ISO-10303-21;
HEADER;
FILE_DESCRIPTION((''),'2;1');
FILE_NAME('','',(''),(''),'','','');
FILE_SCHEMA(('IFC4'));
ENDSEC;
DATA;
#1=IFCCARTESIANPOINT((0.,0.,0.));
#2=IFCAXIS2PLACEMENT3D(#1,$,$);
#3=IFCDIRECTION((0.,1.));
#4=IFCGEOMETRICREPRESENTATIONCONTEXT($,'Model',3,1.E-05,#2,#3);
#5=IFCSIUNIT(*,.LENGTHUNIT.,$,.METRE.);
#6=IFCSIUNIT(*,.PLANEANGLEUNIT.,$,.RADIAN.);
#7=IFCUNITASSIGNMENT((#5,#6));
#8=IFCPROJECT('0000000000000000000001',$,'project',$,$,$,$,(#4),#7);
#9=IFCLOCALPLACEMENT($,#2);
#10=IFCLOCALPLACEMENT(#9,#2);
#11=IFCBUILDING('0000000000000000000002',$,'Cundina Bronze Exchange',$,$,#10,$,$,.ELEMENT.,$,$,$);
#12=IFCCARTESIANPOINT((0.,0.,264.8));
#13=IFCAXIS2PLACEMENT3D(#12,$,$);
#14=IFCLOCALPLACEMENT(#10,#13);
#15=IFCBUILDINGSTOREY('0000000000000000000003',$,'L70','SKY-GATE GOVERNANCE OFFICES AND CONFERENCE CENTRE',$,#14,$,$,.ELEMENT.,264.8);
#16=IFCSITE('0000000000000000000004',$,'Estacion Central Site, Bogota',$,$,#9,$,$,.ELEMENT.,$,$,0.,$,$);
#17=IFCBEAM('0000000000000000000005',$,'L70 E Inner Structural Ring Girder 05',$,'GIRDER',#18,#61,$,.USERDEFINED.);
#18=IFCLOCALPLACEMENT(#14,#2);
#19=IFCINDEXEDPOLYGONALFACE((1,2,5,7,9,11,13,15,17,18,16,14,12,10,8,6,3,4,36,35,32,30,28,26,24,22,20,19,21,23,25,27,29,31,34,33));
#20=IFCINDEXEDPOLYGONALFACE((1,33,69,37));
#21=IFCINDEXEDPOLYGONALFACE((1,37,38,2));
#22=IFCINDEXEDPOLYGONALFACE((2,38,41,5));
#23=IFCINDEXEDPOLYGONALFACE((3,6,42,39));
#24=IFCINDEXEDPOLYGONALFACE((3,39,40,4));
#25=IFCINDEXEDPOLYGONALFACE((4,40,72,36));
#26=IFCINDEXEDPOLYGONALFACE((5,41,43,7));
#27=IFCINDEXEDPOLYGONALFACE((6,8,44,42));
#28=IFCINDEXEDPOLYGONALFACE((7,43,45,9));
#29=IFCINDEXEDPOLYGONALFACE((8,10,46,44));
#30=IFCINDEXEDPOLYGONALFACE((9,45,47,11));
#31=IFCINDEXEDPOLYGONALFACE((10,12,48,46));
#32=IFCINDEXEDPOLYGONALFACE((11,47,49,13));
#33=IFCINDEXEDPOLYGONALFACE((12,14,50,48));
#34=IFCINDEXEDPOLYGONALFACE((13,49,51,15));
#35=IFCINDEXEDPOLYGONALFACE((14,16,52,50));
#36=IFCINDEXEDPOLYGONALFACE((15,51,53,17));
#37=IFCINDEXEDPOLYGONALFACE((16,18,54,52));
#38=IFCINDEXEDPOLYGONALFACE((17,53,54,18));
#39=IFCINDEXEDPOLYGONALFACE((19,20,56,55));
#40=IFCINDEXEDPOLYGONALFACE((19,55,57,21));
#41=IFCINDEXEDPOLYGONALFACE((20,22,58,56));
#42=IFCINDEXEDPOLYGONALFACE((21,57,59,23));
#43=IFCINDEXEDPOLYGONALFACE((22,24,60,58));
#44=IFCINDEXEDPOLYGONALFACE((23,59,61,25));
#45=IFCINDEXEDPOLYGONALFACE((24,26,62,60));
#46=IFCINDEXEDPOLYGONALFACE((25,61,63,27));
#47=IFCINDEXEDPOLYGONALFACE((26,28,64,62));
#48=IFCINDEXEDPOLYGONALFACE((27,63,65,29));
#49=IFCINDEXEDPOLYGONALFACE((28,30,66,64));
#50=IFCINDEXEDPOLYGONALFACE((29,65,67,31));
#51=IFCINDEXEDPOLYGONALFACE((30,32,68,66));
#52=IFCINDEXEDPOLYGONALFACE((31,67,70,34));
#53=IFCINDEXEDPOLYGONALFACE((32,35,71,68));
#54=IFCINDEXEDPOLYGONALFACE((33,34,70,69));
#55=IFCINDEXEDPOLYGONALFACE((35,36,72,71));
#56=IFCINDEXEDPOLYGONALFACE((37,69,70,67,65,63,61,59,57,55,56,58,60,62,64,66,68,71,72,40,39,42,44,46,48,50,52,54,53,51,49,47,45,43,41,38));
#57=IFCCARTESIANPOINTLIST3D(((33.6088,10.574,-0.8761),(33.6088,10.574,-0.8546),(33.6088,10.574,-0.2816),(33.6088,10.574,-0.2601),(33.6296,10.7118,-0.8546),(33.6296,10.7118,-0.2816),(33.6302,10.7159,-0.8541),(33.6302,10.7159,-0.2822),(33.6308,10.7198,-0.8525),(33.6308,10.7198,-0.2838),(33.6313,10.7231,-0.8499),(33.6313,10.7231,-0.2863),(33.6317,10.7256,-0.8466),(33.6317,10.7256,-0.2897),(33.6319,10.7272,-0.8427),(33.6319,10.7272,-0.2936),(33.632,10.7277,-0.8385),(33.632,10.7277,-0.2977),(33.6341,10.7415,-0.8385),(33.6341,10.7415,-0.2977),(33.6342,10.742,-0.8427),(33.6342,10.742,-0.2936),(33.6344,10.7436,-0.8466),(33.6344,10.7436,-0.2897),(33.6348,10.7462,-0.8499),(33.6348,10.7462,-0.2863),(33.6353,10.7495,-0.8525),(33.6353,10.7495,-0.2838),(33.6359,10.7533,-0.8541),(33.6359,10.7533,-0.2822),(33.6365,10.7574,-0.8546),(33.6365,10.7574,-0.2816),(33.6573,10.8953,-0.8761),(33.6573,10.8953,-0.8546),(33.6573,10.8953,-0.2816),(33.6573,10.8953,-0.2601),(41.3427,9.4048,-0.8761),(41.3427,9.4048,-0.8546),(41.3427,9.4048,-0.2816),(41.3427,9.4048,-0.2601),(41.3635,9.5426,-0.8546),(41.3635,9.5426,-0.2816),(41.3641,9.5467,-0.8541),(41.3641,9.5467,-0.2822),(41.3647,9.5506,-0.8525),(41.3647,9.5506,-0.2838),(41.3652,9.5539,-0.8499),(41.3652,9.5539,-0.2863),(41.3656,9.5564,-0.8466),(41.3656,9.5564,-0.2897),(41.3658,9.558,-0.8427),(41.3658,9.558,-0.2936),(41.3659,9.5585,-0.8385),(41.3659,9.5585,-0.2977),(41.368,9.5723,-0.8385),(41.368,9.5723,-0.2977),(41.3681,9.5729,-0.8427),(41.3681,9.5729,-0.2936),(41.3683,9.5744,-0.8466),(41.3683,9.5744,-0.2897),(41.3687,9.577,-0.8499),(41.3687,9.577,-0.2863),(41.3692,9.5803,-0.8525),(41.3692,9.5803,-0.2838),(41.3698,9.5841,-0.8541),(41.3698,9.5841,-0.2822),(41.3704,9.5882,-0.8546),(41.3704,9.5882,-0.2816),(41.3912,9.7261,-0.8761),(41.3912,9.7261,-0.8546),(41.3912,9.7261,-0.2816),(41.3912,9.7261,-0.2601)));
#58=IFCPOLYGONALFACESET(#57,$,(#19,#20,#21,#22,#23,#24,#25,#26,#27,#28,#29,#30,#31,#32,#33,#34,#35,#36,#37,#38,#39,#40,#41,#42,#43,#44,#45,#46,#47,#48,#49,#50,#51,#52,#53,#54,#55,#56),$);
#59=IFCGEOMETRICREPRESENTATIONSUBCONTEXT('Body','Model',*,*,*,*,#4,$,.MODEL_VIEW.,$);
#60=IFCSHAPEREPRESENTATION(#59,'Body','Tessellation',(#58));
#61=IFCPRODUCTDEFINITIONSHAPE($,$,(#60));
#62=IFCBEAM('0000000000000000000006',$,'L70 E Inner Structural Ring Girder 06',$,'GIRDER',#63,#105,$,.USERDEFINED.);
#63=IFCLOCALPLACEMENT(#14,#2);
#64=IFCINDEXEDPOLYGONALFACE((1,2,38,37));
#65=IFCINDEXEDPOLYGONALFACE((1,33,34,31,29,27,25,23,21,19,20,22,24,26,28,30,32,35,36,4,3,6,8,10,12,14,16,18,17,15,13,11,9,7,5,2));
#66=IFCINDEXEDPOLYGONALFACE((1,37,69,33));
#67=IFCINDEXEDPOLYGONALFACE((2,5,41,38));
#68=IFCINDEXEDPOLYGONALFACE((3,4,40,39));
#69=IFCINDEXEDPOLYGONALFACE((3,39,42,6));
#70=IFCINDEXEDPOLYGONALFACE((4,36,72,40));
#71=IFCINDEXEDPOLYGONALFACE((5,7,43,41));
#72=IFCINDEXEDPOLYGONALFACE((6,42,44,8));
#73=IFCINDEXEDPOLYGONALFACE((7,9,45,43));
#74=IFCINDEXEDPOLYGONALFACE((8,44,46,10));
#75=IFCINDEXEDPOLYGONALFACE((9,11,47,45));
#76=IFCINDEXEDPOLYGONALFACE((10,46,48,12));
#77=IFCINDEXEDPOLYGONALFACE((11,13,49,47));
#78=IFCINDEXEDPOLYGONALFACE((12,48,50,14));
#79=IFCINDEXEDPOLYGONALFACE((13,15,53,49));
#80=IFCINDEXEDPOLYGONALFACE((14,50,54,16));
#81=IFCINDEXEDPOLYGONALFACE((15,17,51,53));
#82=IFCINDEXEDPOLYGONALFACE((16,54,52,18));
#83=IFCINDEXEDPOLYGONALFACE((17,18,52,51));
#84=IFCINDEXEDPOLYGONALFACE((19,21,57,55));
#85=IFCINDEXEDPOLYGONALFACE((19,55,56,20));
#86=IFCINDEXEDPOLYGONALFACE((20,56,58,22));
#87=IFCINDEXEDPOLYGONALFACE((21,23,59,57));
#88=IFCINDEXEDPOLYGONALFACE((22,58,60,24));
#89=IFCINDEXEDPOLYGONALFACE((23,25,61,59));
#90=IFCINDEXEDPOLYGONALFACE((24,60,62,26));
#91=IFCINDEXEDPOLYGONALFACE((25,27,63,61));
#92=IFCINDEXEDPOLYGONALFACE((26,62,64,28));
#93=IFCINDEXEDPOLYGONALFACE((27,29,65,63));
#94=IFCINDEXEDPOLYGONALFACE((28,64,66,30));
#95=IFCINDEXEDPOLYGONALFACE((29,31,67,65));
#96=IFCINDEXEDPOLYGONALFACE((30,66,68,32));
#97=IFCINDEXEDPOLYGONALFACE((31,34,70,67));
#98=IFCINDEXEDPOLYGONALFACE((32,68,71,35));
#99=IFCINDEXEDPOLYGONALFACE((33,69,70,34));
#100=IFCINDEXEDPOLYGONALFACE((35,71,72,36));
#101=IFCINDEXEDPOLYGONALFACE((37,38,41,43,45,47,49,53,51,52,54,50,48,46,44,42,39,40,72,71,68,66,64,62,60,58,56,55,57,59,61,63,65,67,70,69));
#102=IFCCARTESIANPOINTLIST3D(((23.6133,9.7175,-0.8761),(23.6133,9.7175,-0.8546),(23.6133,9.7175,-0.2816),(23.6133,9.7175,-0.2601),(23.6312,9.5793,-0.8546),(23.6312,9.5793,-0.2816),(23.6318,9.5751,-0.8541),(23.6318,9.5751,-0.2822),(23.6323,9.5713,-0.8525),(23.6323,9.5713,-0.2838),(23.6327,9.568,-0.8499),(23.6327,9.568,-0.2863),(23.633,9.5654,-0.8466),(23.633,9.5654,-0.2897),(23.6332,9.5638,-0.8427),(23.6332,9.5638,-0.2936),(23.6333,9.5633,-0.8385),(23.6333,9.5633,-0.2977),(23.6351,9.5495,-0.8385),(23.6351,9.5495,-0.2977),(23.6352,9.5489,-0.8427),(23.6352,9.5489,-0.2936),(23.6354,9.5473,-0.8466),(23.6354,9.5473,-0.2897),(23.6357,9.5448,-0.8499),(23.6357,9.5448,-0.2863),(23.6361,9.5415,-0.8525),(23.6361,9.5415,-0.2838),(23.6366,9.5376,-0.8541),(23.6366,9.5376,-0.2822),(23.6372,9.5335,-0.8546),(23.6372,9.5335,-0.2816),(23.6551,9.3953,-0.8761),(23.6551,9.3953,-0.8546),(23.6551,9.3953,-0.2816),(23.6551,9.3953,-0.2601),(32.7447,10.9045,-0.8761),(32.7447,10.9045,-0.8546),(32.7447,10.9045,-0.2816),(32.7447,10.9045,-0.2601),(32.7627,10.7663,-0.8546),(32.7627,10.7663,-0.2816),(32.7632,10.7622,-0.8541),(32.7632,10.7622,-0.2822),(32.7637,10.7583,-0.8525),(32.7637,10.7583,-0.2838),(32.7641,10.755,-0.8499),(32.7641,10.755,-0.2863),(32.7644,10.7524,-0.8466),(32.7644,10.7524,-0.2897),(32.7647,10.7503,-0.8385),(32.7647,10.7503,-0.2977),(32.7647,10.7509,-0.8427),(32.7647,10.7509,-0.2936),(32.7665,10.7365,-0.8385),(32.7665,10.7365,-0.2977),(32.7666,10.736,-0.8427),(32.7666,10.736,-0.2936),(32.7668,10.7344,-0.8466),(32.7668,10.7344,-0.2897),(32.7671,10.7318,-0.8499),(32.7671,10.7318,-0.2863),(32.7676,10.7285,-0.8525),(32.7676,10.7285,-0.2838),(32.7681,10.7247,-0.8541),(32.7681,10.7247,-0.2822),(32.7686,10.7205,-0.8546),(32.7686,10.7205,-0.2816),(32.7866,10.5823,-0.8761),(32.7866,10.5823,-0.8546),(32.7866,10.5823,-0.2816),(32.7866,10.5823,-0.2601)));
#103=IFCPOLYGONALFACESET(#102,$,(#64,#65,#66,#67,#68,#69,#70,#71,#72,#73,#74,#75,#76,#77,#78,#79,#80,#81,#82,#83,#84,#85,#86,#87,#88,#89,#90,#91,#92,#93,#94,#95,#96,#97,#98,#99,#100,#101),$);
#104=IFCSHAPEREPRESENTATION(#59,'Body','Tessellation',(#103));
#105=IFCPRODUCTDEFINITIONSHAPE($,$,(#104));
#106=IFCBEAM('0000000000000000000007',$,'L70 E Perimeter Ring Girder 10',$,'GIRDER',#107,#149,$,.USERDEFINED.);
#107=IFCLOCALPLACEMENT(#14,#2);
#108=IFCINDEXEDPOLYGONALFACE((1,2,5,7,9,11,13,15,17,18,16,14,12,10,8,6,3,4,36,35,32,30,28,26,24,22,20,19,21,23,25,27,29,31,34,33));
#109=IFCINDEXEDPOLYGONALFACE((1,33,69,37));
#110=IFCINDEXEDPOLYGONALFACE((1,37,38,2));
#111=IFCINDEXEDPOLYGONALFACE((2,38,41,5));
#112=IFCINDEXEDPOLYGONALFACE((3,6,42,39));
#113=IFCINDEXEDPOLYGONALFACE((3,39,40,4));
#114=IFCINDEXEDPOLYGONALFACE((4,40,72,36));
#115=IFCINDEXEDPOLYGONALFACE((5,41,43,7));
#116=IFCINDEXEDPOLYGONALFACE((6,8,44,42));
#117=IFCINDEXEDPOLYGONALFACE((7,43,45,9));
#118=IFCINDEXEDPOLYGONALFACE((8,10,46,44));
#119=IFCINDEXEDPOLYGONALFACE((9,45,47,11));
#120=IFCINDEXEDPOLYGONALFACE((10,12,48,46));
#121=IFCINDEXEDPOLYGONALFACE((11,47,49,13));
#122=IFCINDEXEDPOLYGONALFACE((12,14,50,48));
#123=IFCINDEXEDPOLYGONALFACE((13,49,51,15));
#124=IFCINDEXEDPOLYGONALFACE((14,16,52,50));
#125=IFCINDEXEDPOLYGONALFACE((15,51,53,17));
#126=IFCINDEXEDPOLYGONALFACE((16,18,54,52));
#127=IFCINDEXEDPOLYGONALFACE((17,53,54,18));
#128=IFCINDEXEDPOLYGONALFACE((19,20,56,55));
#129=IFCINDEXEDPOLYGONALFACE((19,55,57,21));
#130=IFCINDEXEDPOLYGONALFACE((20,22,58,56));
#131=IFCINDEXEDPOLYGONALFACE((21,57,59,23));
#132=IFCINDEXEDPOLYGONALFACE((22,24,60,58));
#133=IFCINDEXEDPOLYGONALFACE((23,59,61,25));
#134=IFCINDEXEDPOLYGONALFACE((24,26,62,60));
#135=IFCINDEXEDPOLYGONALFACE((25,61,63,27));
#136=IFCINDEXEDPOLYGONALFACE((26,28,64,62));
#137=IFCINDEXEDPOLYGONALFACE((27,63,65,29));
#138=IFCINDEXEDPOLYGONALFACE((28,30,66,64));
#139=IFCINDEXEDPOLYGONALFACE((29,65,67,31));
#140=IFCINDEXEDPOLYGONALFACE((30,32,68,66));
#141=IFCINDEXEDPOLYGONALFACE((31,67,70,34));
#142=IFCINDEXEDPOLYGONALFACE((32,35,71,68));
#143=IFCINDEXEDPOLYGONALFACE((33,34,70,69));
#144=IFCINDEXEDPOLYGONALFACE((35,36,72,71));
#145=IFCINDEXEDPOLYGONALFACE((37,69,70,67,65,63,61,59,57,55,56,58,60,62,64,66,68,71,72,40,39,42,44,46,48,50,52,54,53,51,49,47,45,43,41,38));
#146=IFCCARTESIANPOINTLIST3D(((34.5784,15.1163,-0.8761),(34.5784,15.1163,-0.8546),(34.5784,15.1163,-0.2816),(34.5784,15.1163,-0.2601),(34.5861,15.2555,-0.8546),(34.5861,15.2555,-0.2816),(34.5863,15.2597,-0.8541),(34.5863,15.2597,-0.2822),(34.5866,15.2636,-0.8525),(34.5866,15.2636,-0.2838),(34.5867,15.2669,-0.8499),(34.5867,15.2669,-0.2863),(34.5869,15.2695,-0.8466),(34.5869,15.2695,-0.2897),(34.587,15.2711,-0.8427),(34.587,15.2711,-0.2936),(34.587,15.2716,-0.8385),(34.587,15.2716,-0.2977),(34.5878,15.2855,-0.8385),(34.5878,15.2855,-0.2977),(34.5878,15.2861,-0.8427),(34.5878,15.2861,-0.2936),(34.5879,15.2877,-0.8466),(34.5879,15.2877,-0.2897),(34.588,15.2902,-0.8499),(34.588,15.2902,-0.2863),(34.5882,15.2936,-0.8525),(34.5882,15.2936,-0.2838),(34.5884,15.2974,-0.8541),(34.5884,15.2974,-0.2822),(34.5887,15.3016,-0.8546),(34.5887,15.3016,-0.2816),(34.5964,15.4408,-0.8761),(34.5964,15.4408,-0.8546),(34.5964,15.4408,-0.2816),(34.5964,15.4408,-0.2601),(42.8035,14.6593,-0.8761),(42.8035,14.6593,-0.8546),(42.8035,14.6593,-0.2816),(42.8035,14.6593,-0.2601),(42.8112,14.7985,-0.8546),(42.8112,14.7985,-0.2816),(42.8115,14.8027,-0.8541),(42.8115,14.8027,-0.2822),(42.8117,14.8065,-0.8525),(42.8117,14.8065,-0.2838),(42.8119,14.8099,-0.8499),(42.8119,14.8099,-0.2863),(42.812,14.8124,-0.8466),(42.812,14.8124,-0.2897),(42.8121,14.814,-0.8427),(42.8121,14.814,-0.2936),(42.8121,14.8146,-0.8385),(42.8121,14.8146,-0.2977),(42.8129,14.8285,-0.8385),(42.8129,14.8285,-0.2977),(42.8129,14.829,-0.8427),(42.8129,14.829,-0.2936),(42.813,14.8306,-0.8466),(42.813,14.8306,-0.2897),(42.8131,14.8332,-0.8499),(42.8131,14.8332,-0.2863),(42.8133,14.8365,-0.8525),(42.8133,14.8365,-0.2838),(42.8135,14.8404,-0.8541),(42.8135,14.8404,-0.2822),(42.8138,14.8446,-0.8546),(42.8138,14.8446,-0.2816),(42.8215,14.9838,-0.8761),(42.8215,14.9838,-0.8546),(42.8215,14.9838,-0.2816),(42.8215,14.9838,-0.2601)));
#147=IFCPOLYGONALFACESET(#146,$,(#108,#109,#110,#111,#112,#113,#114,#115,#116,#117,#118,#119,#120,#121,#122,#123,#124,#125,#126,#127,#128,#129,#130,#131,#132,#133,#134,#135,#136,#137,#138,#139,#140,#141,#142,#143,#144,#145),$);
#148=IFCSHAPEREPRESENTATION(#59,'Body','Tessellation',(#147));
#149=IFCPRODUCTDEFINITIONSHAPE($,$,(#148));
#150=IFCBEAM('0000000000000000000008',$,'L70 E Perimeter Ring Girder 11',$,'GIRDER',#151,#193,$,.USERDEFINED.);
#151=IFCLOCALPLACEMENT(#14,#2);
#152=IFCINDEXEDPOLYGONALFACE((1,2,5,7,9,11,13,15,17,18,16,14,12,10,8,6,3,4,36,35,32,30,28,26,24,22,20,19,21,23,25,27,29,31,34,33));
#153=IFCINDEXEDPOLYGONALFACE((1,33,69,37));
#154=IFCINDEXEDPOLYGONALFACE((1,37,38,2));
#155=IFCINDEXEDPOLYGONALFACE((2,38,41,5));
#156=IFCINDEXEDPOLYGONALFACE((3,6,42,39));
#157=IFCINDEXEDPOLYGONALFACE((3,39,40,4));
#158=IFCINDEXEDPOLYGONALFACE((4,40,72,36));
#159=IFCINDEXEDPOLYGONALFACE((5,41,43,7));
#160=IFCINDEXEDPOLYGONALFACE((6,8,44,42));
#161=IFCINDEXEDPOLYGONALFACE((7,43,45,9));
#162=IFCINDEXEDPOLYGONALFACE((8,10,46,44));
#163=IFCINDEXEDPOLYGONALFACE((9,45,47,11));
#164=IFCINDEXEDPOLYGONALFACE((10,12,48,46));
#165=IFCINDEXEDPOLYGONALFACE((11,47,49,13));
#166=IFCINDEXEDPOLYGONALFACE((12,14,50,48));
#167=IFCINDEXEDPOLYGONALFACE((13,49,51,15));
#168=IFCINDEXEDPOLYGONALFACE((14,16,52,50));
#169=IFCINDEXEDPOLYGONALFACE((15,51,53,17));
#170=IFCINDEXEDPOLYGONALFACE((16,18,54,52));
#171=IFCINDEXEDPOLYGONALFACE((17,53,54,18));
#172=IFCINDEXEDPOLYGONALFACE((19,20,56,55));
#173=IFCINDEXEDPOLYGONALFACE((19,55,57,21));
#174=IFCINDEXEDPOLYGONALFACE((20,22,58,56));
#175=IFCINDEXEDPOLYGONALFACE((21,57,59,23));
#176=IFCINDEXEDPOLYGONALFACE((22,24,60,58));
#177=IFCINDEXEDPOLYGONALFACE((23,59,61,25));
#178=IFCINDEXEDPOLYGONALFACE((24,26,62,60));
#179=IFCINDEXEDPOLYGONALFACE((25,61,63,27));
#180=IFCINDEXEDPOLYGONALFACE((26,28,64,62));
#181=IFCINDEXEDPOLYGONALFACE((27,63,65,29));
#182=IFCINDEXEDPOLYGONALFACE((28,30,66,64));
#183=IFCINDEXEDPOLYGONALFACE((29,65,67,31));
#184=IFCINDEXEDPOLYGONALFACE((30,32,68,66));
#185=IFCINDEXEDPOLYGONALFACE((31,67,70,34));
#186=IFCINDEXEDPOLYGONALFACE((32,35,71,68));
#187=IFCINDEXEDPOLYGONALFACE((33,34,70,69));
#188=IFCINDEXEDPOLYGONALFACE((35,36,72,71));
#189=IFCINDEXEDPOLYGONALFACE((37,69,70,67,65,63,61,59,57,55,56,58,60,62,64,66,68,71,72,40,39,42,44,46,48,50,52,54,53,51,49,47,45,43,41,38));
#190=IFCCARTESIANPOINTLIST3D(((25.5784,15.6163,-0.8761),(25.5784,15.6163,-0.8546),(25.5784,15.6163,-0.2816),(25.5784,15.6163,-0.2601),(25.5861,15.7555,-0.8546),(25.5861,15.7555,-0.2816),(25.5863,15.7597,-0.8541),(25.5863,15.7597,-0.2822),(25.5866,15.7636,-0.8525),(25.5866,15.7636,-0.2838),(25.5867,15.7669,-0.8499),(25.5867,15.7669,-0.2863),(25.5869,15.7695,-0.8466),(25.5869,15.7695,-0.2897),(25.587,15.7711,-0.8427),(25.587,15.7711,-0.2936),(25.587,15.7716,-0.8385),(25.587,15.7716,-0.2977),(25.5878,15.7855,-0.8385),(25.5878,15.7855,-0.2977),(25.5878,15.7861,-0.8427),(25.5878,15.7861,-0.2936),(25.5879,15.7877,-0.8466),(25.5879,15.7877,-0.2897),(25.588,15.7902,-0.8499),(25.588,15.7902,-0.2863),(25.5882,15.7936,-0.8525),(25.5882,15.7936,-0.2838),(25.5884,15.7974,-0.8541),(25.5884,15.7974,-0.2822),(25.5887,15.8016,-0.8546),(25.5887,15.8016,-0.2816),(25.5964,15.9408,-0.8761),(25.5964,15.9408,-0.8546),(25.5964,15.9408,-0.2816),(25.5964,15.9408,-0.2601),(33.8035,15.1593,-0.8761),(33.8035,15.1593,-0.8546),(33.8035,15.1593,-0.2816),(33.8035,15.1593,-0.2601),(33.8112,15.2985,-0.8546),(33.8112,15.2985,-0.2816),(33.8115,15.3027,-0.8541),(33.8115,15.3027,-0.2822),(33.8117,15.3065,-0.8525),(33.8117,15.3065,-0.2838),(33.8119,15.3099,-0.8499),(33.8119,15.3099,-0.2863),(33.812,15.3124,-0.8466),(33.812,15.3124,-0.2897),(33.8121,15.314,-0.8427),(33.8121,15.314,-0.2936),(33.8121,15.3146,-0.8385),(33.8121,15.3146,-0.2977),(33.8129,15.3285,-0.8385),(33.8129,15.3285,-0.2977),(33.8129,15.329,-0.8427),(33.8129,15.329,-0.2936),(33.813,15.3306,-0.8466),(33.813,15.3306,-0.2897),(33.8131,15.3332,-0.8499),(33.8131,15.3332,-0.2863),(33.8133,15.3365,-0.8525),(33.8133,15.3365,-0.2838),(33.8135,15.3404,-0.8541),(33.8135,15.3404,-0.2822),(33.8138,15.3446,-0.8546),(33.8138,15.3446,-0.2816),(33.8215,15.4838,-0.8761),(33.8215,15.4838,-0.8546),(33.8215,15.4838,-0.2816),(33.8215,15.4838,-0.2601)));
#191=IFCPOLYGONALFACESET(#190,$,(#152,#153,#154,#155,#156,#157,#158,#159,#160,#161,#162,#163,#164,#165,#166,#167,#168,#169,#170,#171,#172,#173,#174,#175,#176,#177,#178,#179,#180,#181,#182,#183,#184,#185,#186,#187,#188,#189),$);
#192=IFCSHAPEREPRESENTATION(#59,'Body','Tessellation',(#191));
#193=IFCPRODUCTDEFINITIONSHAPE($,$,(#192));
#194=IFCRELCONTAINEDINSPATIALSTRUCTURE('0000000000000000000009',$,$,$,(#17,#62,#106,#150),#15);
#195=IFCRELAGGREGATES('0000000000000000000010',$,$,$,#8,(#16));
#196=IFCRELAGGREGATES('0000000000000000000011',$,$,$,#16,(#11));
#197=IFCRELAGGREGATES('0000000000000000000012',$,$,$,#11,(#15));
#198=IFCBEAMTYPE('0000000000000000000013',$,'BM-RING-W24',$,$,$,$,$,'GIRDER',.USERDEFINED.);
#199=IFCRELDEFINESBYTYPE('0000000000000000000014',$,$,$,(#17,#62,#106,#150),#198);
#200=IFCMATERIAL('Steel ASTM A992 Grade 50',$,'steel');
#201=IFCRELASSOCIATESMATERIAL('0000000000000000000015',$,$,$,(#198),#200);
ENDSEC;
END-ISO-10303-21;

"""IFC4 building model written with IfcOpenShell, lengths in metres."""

from ifc_helpers import new_model, si_unit, direction, frame, origin, origin_2d, place, context, subcontext, project, spatial, i_section, extrude, material, material_profile, profile_set, type_object, element, save


model = new_model("IFC4")

# Units and contexts
model_context = context("Model", 3, precision=1e-05, world=origin(), true_north=direction((0.0, 1.0)))
body_context = subcontext(model_context, "Body", "Model", "MODEL_VIEW")
ifc_project = project(units=[si_unit("LENGTHUNIT", "METRE"), si_unit("PLANEANGLEUNIT", "RADIAN")], contexts=[model_context])

# Site, building, storey
site_placement = place(None, origin())
site = spatial("IfcSite", under=ifc_project, at=site_placement, Name="Estacion Central Site, Bogota", CompositionType="ELEMENT", RefElevation=0.0)
building_placement = place(site_placement, origin())
building = spatial("IfcBuilding", under=site, at=building_placement, Name="Cundina Bronze Exchange", CompositionType="ELEMENT")
storey_placement = place(building_placement, frame((0.0, 0.0, 264.8)))
storey = spatial("IfcBuildingStorey", under=building, at=storey_placement, Name="L70", Description="SKY-GATE GOVERNANCE OFFICES AND CONFERENCE CENTRE", CompositionType="ELEMENT", Elevation=264.8)

# Beams
ifc_material_1 = material(Name="Steel ASTM A992 Grade 50", Category="steel")
ifc_material_profile_1 = material_profile(ifc_material_1, i_section(OverallWidth=0.325, OverallDepth=0.616, WebThickness=0.0139, FlangeThickness=0.0215, FilletRadius=0.0161, at=origin_2d()), Name="W24X117", Category="steel")
ifc_profile_set_1 = profile_set([ifc_material_profile_1], Name="Steel ASTM A992 Grade 50")
beam_type_1 = type_object("IfcBeamType", Name="BM-RING-W24", ElementType="GIRDER", PredefinedType="USERDEFINED", material=ifc_profile_set_1)
beam_1_placement = place(storey_placement, frame((41.3669, 9.5654, -0.5681), z_axis=(-0.988765, 0.149479, 0.0), x_axis=(-0.149479, -0.988765, 0.0)))
element("IfcBeam", 1, at=beam_1_placement, inside=storey, type_object=beam_type_1, Name="L70 E Inner Structural Ring Girder 05", ObjectType="GIRDER", PredefinedType="USERDEFINED", context=body_context, shape_type="SweptSolid", body=[
    extrude(i_section(OverallWidth=0.325, OverallDepth=0.616, WebThickness=0.0139, FlangeThickness=0.0215, FilletRadius=0.0161, at=origin_2d()), origin(), (0.0, 0.0, 1.0), 7.8218),
])
beam_2_placement = place(storey_placement, frame((32.7656, 10.7434, -0.5681), z_axis=(-0.991656, -0.128908, 0.0), x_axis=(0.128908, -0.991656, 0.0)))
element("IfcBeam", 2, at=beam_2_placement, inside=storey, type_object=beam_type_1, Name="L70 E Inner Structural Ring Girder 06", ObjectType="GIRDER", PredefinedType="USERDEFINED", context=body_context, shape_type="SweptSolid", body=[
    extrude(i_section(OverallWidth=0.325, OverallDepth=0.616, WebThickness=0.0139, FlangeThickness=0.0215, FilletRadius=0.0161, at=origin_2d()), origin(), (0.0, 0.0, 1.0), 9.2083),
])
for number, where, z_axis, x_axis, name in (
    (3, (42.8125, 14.8215, -0.5681), (-0.99846, 0.05548, 0.0), (-0.05548, -0.99846, 0.0), "L70 E Perimeter Ring Girder 10"),
    (4, (33.8125, 15.3215, -0.5681), (-0.99846, 0.05548, 0.0), (-0.05548, -0.99846, 0.0), "L70 E Perimeter Ring Girder 11"),
):
    element("IfcBeam", number, at=place(storey_placement, frame(where, z_axis=z_axis, x_axis=x_axis)), inside=storey, type_object=beam_type_1, Name=name, ObjectType="GIRDER", PredefinedType="USERDEFINED", context=body_context, shape_type="SweptSolid", body=[
        extrude(i_section(OverallWidth=0.325, OverallDepth=0.616, WebThickness=0.0139, FlangeThickness=0.0215, FilletRadius=0.0161, at=origin_2d()), origin(), (0.0, 0.0, 1.0), 8.2378),
    ])

save(model, "model.ifc")
